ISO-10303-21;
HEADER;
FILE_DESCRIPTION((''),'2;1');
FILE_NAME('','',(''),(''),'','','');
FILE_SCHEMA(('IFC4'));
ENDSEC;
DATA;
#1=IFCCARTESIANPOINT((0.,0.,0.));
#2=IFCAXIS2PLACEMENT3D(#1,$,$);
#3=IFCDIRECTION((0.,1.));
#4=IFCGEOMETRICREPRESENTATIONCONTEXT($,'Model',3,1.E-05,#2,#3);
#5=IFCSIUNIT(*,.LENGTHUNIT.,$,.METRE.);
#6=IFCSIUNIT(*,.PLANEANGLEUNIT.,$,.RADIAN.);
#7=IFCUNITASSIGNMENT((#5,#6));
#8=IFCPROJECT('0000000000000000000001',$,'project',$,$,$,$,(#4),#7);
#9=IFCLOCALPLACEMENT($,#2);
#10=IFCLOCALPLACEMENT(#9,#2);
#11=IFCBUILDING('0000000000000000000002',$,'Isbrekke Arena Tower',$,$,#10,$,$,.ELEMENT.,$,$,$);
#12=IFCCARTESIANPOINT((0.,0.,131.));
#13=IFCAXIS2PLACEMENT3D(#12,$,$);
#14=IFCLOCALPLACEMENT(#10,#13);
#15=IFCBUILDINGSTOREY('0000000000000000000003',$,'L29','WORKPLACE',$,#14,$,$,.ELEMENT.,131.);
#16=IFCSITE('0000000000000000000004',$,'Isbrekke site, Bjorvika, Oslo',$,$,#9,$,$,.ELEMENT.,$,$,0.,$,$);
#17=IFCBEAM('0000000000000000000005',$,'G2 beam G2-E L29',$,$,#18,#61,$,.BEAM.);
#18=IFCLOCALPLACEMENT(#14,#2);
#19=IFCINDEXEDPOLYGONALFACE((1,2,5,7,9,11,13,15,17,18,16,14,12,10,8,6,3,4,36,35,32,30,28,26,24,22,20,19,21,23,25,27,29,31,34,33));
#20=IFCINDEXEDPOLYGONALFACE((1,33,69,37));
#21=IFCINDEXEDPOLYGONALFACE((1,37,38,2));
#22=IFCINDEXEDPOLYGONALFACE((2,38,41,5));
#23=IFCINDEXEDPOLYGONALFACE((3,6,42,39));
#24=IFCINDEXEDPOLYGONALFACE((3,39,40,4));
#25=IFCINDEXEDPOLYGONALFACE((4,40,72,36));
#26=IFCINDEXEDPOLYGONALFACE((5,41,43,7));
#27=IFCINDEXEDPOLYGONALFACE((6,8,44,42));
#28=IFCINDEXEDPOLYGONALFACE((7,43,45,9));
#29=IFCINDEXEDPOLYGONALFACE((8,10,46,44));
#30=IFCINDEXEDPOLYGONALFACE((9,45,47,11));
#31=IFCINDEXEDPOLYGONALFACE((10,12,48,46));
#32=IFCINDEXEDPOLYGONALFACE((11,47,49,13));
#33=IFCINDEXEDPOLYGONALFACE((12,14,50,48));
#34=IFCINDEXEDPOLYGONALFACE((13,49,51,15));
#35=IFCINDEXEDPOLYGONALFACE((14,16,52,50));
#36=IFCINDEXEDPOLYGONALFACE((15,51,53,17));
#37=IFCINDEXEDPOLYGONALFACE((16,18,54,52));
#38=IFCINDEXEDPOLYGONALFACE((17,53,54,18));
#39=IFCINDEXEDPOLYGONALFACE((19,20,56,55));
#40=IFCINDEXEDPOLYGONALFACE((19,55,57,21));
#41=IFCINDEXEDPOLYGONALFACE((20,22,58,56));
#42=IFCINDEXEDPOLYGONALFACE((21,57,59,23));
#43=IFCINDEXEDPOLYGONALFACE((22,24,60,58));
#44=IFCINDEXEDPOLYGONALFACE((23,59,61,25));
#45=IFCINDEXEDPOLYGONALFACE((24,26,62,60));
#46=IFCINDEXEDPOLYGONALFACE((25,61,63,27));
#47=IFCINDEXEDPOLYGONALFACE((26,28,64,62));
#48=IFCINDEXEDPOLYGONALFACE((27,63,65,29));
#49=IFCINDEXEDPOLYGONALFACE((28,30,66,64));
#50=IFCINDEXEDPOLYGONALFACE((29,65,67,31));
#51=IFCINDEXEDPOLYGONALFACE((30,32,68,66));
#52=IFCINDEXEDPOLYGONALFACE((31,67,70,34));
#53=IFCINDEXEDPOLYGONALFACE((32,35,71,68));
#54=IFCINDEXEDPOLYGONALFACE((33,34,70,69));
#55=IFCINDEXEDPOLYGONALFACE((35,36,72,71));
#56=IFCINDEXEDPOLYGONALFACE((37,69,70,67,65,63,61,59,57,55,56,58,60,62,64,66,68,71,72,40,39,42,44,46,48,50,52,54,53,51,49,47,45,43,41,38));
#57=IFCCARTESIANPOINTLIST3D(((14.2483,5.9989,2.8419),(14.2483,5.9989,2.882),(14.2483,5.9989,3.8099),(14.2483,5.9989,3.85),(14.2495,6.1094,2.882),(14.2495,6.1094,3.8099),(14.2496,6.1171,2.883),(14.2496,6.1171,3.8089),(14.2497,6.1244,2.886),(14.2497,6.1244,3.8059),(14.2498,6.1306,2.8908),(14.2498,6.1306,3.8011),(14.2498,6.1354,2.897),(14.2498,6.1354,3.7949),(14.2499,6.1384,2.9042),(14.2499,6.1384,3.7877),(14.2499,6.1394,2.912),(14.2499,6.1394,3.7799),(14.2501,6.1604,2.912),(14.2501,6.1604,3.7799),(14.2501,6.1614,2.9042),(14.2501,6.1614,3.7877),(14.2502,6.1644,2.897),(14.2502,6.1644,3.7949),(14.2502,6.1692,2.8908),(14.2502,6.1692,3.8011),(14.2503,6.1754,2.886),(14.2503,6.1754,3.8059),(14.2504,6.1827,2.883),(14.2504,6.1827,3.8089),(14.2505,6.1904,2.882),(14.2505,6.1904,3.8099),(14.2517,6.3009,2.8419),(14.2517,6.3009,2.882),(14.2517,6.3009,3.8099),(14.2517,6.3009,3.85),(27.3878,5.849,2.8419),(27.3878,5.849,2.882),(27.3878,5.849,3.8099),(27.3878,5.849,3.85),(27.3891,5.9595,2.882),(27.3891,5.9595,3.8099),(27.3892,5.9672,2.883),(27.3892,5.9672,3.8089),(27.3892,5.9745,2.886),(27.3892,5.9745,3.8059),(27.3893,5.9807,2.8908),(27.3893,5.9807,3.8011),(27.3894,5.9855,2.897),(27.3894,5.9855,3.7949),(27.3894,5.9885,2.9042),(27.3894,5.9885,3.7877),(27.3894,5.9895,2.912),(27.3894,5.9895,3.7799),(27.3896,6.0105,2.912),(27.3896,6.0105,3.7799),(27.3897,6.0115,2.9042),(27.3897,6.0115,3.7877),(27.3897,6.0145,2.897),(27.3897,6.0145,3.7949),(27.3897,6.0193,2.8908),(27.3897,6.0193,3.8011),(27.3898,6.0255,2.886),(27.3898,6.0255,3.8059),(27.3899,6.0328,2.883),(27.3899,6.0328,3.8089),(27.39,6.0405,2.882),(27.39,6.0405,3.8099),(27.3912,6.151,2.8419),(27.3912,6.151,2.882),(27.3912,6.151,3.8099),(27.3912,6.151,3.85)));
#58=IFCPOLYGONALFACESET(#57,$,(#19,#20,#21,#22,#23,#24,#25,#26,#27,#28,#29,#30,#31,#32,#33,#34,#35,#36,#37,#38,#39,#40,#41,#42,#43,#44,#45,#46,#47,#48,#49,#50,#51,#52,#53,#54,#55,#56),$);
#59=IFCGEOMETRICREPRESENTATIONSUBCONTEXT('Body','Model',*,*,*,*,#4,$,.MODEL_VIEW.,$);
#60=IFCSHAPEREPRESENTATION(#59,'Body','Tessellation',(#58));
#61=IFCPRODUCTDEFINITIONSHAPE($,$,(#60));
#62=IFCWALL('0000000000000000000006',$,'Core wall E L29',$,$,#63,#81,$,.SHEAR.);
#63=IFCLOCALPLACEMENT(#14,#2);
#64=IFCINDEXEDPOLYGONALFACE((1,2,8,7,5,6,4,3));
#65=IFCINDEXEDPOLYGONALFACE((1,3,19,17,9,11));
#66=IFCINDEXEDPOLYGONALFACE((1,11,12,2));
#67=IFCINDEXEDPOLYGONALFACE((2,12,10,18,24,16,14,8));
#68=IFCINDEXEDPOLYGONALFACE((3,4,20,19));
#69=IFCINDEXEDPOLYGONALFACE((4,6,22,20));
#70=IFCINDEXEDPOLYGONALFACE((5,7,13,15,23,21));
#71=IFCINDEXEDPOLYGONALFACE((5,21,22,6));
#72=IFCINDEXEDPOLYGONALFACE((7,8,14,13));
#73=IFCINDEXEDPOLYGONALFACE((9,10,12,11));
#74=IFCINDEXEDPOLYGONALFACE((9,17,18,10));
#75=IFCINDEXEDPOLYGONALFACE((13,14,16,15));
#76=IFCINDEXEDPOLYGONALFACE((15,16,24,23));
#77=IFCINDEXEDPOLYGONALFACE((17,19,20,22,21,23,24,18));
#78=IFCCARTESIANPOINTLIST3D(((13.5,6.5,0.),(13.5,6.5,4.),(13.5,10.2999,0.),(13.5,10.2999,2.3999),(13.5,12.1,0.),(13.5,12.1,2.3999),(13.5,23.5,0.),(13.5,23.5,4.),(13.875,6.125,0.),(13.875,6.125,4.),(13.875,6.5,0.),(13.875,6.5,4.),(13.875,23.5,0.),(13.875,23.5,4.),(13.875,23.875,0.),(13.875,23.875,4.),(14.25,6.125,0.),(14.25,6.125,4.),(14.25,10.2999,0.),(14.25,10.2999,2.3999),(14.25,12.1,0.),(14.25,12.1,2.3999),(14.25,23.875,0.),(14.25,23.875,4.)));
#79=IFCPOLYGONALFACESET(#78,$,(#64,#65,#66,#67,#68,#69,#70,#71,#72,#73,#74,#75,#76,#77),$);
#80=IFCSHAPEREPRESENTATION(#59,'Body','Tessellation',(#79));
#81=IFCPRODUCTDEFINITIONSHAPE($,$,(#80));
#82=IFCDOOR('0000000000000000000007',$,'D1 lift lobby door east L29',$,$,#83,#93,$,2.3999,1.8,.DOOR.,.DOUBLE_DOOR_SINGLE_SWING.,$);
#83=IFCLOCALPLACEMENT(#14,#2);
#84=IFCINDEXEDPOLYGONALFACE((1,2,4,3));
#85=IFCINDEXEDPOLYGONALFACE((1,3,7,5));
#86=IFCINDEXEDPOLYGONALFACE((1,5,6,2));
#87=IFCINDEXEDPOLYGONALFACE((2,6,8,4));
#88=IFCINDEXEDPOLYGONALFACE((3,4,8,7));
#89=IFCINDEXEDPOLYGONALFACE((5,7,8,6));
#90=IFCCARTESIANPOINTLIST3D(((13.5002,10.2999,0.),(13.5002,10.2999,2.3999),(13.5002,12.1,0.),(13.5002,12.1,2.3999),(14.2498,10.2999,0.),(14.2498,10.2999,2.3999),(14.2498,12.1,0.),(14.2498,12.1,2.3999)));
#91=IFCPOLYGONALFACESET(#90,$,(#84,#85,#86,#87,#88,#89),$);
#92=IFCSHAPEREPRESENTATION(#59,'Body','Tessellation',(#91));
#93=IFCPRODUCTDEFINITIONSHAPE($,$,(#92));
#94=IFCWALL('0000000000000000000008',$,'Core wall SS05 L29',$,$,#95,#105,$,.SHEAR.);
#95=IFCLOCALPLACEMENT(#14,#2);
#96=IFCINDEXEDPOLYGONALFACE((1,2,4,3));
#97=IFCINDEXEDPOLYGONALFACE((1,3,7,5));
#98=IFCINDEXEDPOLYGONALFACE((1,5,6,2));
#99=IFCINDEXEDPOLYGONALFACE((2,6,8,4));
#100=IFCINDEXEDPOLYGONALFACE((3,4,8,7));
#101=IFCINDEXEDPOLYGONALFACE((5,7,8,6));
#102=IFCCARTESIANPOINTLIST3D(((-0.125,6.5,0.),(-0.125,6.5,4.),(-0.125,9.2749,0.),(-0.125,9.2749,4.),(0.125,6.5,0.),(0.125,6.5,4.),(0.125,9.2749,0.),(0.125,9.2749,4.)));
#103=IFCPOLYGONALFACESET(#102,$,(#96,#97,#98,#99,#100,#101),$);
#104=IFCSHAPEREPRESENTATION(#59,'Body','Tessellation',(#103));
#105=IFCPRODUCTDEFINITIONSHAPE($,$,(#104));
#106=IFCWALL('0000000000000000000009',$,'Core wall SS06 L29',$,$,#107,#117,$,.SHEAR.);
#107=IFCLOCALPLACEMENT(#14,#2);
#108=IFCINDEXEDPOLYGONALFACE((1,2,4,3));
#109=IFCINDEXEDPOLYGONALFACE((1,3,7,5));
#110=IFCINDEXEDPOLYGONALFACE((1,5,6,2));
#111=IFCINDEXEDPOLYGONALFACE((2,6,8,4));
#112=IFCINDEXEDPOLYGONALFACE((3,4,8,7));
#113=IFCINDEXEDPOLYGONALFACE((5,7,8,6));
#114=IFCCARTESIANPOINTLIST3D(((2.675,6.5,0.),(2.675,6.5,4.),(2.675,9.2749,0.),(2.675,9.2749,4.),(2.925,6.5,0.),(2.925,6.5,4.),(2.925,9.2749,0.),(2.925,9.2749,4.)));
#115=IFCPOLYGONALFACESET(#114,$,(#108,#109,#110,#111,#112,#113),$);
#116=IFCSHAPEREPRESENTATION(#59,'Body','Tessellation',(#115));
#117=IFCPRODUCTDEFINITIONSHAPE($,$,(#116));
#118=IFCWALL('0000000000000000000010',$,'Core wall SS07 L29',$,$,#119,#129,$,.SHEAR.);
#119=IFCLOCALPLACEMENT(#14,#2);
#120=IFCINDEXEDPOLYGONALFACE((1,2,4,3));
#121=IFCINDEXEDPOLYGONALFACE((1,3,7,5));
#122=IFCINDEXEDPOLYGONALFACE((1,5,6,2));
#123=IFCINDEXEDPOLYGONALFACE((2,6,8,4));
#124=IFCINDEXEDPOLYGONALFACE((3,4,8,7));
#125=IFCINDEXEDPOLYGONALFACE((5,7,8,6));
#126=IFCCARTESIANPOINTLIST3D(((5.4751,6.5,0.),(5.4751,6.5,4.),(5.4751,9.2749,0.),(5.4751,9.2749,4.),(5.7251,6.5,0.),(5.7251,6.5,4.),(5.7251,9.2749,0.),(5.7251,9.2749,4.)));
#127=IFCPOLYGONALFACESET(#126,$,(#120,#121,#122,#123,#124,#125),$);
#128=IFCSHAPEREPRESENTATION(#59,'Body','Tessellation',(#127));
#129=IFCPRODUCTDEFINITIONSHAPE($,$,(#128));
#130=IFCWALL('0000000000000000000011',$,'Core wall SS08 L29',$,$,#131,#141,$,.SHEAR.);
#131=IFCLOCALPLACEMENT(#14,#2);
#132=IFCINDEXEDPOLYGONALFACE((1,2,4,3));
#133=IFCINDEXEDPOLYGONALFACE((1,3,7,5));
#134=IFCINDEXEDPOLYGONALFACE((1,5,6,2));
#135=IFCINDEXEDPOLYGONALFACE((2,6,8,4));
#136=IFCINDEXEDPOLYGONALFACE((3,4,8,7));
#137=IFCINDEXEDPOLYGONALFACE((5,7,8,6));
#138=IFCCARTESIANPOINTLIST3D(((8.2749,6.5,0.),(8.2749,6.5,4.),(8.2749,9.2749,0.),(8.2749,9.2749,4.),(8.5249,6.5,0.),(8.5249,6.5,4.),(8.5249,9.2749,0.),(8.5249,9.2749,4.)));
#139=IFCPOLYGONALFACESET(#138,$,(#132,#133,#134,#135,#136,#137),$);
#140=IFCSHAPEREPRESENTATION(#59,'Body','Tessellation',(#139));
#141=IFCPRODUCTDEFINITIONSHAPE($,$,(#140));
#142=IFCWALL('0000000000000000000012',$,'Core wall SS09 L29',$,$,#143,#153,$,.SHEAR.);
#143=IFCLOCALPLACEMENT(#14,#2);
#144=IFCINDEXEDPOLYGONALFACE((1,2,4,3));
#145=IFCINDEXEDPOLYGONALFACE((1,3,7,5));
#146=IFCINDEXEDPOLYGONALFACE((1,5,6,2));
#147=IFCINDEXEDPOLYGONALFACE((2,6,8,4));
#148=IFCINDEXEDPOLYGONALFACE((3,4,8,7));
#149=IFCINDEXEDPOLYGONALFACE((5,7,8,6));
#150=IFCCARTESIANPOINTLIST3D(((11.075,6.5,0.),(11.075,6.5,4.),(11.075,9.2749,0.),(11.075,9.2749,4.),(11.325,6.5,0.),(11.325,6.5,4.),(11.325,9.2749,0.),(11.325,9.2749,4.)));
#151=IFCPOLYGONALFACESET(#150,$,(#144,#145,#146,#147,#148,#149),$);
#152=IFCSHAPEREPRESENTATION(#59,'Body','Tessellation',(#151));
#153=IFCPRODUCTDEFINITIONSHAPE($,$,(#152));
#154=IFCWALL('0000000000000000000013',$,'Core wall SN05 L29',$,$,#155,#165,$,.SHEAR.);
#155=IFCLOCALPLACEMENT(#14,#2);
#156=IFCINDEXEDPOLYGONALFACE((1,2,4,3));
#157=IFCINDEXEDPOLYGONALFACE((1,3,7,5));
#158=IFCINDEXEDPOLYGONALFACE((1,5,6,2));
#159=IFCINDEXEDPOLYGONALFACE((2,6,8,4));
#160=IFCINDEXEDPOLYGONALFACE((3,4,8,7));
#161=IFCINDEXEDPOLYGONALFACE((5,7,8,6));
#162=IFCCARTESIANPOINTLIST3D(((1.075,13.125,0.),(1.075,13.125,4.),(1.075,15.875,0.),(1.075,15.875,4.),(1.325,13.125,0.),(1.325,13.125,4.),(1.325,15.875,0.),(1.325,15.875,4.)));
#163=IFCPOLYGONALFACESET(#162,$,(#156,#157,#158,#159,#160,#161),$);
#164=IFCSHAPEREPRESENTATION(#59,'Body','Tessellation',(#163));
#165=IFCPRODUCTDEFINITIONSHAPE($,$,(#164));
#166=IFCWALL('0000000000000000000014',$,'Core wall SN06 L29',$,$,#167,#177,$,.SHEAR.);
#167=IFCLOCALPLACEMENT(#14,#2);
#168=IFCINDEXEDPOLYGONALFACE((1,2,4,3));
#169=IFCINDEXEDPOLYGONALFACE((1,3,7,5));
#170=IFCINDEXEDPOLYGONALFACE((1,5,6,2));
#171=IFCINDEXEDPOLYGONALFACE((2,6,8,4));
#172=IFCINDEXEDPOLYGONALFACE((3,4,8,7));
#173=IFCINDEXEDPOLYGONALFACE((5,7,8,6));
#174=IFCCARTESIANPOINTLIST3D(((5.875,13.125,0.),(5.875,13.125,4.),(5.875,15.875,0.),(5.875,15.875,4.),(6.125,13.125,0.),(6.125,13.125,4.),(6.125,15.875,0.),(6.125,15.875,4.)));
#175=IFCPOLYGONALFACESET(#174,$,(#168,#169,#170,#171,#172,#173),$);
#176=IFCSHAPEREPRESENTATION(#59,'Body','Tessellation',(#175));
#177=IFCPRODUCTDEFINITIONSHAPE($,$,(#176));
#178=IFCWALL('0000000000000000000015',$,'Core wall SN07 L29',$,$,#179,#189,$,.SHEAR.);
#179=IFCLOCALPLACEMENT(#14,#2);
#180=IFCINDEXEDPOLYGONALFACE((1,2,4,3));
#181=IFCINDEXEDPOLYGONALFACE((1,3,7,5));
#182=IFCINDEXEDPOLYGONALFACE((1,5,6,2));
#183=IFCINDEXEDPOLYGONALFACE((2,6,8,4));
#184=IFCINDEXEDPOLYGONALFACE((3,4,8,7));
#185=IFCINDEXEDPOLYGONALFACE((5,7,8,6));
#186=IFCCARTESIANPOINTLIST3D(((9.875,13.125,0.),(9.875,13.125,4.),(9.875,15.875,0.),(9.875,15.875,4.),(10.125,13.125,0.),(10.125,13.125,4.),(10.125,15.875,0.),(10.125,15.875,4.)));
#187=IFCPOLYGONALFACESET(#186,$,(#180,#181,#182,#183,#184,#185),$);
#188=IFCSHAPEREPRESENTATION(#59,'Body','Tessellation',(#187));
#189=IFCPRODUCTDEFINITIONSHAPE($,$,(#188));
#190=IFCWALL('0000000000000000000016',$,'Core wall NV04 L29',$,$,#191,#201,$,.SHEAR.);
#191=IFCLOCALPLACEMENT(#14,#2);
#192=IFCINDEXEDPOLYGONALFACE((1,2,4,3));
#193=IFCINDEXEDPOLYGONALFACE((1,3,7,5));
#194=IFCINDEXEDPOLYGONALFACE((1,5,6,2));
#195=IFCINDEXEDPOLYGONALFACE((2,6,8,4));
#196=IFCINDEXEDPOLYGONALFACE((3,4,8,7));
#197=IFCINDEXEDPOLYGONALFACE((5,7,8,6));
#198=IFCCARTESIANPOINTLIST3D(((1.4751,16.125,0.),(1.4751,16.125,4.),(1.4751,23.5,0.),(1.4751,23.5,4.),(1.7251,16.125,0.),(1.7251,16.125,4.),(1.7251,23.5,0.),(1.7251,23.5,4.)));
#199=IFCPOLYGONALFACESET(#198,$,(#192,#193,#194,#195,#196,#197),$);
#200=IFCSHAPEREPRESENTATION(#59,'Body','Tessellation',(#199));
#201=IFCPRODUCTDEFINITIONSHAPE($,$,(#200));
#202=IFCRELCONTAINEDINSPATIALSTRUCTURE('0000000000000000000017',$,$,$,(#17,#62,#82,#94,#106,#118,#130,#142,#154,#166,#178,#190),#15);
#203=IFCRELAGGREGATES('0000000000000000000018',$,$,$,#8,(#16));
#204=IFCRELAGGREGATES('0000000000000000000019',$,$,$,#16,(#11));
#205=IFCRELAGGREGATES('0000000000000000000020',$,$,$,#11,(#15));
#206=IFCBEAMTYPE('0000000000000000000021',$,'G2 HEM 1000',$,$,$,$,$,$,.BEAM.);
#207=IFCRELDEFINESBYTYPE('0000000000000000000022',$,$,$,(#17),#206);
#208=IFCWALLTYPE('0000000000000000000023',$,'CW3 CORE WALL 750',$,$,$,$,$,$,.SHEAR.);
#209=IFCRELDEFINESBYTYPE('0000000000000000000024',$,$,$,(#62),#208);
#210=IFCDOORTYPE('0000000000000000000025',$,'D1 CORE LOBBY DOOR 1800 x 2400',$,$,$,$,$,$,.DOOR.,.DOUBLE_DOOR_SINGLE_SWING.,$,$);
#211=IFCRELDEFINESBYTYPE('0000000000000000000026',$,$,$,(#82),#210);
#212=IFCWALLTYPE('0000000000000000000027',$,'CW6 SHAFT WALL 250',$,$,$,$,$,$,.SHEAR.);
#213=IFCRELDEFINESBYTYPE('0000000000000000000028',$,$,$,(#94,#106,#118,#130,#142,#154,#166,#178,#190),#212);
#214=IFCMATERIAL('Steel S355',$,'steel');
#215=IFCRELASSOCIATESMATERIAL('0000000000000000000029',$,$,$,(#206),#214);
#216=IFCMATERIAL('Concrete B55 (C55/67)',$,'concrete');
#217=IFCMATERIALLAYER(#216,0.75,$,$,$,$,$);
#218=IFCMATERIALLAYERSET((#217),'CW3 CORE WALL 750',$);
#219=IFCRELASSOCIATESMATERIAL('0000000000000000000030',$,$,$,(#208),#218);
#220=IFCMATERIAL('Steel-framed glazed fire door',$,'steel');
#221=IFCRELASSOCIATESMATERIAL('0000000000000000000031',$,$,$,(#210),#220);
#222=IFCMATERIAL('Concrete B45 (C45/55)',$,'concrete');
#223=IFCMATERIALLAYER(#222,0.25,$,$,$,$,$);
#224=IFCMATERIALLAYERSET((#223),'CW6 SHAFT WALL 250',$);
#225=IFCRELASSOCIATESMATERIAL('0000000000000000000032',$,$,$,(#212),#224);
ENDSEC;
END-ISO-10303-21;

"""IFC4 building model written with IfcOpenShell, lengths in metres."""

from ifc_helpers import new_model, si_unit, direction, frame, frame_2d, origin, origin_2d, place, context, subcontext, project, spatial, polyline, rectangle, i_section, outline, extrude, material, layer, layer_set, material_profile, profile_set, type_object, element, fill, save


model = new_model("IFC4")

# Units and contexts
model_context = context("Model", 3, precision=1e-05, world=origin(), true_north=direction((0.0, 1.0)))
body_context = subcontext(model_context, "Body", "Model", "MODEL_VIEW")
ifc_project = project(units=[si_unit("LENGTHUNIT", "METRE"), si_unit("PLANEANGLEUNIT", "RADIAN")], contexts=[model_context])

# Site, building, storey
site_placement = place(None, origin())
site = spatial("IfcSite", under=ifc_project, at=site_placement, Name="Isbrekke site, Bjorvika, Oslo", CompositionType="ELEMENT", RefElevation=0.0)
building_placement = place(site_placement, origin())
building = spatial("IfcBuilding", under=site, at=building_placement, Name="Isbrekke Arena Tower", CompositionType="ELEMENT")
storey_placement = place(building_placement, frame((0.0, 0.0, 131.0)))
storey = spatial("IfcBuildingStorey", under=building, at=storey_placement, Name="L29", Description="WORKPLACE", CompositionType="ELEMENT", Elevation=131.0)

# Beam
ifc_material_1 = material(Name="Steel S355", Category="steel")
ifc_material_profile = material_profile(ifc_material_1, i_section(OverallWidth=0.302, OverallDepth=1.0081, WebThickness=0.021, FlangeThickness=0.04, FilletRadius=0.03, at=origin_2d()), Name="HEM 1000")
ifc_profile_set = profile_set([ifc_material_profile], Name="Steel S355")
beam_type = type_object("IfcBeamType", Name="G2 HEM 1000", PredefinedType="BEAM", material=ifc_profile_set)
beam_placement = place(storey_placement, frame((14.25, 6.1499, 3.3459), z_axis=(0.999935, -0.011408, 0.0), x_axis=(0.011408, 0.999935, 0.0)))
element("IfcBeam", 1, at=beam_placement, inside=storey, type_object=beam_type, Name="G2 beam G2-E L29", PredefinedType="BEAM", context=body_context, shape_type="SweptSolid", body=[
    extrude(i_section(OverallWidth=0.302, OverallDepth=1.0081, WebThickness=0.021, FlangeThickness=0.04, FilletRadius=0.03, at=origin_2d()), origin(), (0.0, 0.0, 1.0), 13.1404),
])

# Wall, opening, door
ifc_material_2 = material(Name="Concrete B55 (C55/67)", Category="concrete")
ifc_layer_1 = layer(ifc_material_2, 0.75)
ifc_layer_set_1 = layer_set([ifc_layer_1], Name="CW3 CORE WALL 750")
wall_type_1 = type_object("IfcWallType", Name="CW3 CORE WALL 750", PredefinedType="SHEAR", material=ifc_layer_set_1)
wall_1_placement = place(storey_placement, frame((13.875, 6.125, 0.0), z_axis=(0.0, 0.0, 1.0), x_axis=(0.0, 1.0, 0.0)))
wall_1 = element("IfcWall", 2, at=wall_1_placement, inside=storey, type_object=wall_type_1, Name="Core wall E L29", PredefinedType="SHEAR", context=body_context, shape_type="SweptSolid", body=[
    extrude(outline(polyline([(0.0, -0.375), (17.75, -0.375), (17.75, 0.0), (17.375, 0.0), (17.375, 0.375), (0.375, 0.375), (0.375, 0.0), (0.0, 0.0), (0.0, -0.375)])), origin(), (0.0, 0.0, 1.0), 4.0),
])
opening_placement = place(wall_1_placement, frame((4.175, 0.0, 0.0)))
opening = element("IfcOpeningElement", 3, at=opening_placement, cuts=wall_1, PredefinedType="OPENING", context=body_context, shape_type="SweptSolid", body=[
    extrude(rectangle(XDim=1.8, YDim=2.3999, at=frame_2d((0.8999, 1.2))), frame((0.0, 0.3899, 0.0), z_axis=(0.0, -1.0, 0.0), x_axis=(1.0, 0.0, 0.0)), (0.0, 0.0, 1.0), 0.7798),
])
ifc_material_3 = material(Name="Steel-framed glazed fire door", Category="steel")
door_type = type_object("IfcDoorType", Name="D1 CORE LOBBY DOOR 1800 x 2400", OperationType="DOUBLE_DOOR_SINGLE_SWING", PredefinedType="DOOR", material=ifc_material_3)
door_placement = place(opening_placement, origin())
door = element("IfcDoor", 4, at=door_placement, inside=storey, type_object=door_type, Name="D1 lift lobby door east L29", OperationType="DOUBLE_DOOR_SINGLE_SWING", OverallHeight=2.3999, OverallWidth=1.8, PredefinedType="DOOR", context=body_context, shape_type="SweptSolid", body=[
    extrude(rectangle(XDim=1.8, YDim=2.3999, at=frame_2d((0.8999, 1.2))), frame((0.0, 0.3748, 0.0), z_axis=(0.0, -1.0, 0.0), x_axis=(1.0, 0.0, 0.0)), (0.0, 0.0, 1.0), 0.7495),
])
fill(opening, door)

# Walls
ifc_material_4 = material(Name="Concrete B45 (C45/55)", Category="concrete")
ifc_layer_2 = layer(ifc_material_4, 0.25)
ifc_layer_set_2 = layer_set([ifc_layer_2], Name="CW6 SHAFT WALL 250")
wall_type_2 = type_object("IfcWallType", Name="CW6 SHAFT WALL 250", PredefinedType="SHEAR", material=ifc_layer_set_2)
for number, where, z_axis, x_axis, name in (
    (5, (0.0, 6.5, 0.0), (0.0, 0.0, 1.0), (0.0, 1.0, 0.0), "Core wall SS05 L29"),
    (6, (2.8, 6.5, 0.0), (0.0, 0.0, 1.0), (0.0, 1.0, 0.0), "Core wall SS06 L29"),
    (7, (5.6001, 6.5, 0.0), (0.0, 0.0, 1.0), (0.0, 1.0, 0.0), "Core wall SS07 L29"),
    (8, (8.3999, 6.5, 0.0), (0.0, 0.0, 1.0), (0.0, 1.0, 0.0), "Core wall SS08 L29"),
    (9, (11.2, 6.5, 0.0), (0.0, 0.0, 1.0), (0.0, 1.0, 0.0), "Core wall SS09 L29"),
):
    element("IfcWall", number, at=place(storey_placement, frame(where, z_axis=z_axis, x_axis=x_axis)), inside=storey, type_object=wall_type_2, Name=name, PredefinedType="SHEAR", context=body_context, shape_type="SweptSolid", body=[
        extrude(rectangle(XDim=2.7749, YDim=0.25, at=frame_2d((1.3875, 0.0))), origin(), (0.0, 0.0, 1.0), 4.0),
    ])
for number, where, z_axis, x_axis, name in (
    (10, (1.2, 13.125, 0.0), (0.0, 0.0, 1.0), (0.0, 1.0, 0.0), "Core wall SN05 L29"),
    (11, (6.0, 13.125, 0.0), (0.0, 0.0, 1.0), (0.0, 1.0, 0.0), "Core wall SN06 L29"),
    (12, (10.0, 13.125, 0.0), (0.0, 0.0, 1.0), (0.0, 1.0, 0.0), "Core wall SN07 L29"),
):
    element("IfcWall", number, at=place(storey_placement, frame(where, z_axis=z_axis, x_axis=x_axis)), inside=storey, type_object=wall_type_2, Name=name, PredefinedType="SHEAR", context=body_context, shape_type="SweptSolid", body=[
        extrude(rectangle(XDim=2.75, YDim=0.25, at=frame_2d((1.375, 0.0))), origin(), (0.0, 0.0, 1.0), 4.0),
    ])
wall_2_placement = place(storey_placement, frame((1.6001, 16.125, 0.0), z_axis=(0.0, 0.0, 1.0), x_axis=(0.0, 1.0, 0.0)))
element("IfcWall", 13, at=wall_2_placement, inside=storey, type_object=wall_type_2, Name="Core wall NV04 L29", PredefinedType="SHEAR", context=body_context, shape_type="SweptSolid", body=[
    extrude(rectangle(XDim=7.375, YDim=0.25, at=frame_2d((3.6875, 0.0))), origin(), (0.0, 0.0, 1.0), 4.0),
])

save(model, "model.ifc")
